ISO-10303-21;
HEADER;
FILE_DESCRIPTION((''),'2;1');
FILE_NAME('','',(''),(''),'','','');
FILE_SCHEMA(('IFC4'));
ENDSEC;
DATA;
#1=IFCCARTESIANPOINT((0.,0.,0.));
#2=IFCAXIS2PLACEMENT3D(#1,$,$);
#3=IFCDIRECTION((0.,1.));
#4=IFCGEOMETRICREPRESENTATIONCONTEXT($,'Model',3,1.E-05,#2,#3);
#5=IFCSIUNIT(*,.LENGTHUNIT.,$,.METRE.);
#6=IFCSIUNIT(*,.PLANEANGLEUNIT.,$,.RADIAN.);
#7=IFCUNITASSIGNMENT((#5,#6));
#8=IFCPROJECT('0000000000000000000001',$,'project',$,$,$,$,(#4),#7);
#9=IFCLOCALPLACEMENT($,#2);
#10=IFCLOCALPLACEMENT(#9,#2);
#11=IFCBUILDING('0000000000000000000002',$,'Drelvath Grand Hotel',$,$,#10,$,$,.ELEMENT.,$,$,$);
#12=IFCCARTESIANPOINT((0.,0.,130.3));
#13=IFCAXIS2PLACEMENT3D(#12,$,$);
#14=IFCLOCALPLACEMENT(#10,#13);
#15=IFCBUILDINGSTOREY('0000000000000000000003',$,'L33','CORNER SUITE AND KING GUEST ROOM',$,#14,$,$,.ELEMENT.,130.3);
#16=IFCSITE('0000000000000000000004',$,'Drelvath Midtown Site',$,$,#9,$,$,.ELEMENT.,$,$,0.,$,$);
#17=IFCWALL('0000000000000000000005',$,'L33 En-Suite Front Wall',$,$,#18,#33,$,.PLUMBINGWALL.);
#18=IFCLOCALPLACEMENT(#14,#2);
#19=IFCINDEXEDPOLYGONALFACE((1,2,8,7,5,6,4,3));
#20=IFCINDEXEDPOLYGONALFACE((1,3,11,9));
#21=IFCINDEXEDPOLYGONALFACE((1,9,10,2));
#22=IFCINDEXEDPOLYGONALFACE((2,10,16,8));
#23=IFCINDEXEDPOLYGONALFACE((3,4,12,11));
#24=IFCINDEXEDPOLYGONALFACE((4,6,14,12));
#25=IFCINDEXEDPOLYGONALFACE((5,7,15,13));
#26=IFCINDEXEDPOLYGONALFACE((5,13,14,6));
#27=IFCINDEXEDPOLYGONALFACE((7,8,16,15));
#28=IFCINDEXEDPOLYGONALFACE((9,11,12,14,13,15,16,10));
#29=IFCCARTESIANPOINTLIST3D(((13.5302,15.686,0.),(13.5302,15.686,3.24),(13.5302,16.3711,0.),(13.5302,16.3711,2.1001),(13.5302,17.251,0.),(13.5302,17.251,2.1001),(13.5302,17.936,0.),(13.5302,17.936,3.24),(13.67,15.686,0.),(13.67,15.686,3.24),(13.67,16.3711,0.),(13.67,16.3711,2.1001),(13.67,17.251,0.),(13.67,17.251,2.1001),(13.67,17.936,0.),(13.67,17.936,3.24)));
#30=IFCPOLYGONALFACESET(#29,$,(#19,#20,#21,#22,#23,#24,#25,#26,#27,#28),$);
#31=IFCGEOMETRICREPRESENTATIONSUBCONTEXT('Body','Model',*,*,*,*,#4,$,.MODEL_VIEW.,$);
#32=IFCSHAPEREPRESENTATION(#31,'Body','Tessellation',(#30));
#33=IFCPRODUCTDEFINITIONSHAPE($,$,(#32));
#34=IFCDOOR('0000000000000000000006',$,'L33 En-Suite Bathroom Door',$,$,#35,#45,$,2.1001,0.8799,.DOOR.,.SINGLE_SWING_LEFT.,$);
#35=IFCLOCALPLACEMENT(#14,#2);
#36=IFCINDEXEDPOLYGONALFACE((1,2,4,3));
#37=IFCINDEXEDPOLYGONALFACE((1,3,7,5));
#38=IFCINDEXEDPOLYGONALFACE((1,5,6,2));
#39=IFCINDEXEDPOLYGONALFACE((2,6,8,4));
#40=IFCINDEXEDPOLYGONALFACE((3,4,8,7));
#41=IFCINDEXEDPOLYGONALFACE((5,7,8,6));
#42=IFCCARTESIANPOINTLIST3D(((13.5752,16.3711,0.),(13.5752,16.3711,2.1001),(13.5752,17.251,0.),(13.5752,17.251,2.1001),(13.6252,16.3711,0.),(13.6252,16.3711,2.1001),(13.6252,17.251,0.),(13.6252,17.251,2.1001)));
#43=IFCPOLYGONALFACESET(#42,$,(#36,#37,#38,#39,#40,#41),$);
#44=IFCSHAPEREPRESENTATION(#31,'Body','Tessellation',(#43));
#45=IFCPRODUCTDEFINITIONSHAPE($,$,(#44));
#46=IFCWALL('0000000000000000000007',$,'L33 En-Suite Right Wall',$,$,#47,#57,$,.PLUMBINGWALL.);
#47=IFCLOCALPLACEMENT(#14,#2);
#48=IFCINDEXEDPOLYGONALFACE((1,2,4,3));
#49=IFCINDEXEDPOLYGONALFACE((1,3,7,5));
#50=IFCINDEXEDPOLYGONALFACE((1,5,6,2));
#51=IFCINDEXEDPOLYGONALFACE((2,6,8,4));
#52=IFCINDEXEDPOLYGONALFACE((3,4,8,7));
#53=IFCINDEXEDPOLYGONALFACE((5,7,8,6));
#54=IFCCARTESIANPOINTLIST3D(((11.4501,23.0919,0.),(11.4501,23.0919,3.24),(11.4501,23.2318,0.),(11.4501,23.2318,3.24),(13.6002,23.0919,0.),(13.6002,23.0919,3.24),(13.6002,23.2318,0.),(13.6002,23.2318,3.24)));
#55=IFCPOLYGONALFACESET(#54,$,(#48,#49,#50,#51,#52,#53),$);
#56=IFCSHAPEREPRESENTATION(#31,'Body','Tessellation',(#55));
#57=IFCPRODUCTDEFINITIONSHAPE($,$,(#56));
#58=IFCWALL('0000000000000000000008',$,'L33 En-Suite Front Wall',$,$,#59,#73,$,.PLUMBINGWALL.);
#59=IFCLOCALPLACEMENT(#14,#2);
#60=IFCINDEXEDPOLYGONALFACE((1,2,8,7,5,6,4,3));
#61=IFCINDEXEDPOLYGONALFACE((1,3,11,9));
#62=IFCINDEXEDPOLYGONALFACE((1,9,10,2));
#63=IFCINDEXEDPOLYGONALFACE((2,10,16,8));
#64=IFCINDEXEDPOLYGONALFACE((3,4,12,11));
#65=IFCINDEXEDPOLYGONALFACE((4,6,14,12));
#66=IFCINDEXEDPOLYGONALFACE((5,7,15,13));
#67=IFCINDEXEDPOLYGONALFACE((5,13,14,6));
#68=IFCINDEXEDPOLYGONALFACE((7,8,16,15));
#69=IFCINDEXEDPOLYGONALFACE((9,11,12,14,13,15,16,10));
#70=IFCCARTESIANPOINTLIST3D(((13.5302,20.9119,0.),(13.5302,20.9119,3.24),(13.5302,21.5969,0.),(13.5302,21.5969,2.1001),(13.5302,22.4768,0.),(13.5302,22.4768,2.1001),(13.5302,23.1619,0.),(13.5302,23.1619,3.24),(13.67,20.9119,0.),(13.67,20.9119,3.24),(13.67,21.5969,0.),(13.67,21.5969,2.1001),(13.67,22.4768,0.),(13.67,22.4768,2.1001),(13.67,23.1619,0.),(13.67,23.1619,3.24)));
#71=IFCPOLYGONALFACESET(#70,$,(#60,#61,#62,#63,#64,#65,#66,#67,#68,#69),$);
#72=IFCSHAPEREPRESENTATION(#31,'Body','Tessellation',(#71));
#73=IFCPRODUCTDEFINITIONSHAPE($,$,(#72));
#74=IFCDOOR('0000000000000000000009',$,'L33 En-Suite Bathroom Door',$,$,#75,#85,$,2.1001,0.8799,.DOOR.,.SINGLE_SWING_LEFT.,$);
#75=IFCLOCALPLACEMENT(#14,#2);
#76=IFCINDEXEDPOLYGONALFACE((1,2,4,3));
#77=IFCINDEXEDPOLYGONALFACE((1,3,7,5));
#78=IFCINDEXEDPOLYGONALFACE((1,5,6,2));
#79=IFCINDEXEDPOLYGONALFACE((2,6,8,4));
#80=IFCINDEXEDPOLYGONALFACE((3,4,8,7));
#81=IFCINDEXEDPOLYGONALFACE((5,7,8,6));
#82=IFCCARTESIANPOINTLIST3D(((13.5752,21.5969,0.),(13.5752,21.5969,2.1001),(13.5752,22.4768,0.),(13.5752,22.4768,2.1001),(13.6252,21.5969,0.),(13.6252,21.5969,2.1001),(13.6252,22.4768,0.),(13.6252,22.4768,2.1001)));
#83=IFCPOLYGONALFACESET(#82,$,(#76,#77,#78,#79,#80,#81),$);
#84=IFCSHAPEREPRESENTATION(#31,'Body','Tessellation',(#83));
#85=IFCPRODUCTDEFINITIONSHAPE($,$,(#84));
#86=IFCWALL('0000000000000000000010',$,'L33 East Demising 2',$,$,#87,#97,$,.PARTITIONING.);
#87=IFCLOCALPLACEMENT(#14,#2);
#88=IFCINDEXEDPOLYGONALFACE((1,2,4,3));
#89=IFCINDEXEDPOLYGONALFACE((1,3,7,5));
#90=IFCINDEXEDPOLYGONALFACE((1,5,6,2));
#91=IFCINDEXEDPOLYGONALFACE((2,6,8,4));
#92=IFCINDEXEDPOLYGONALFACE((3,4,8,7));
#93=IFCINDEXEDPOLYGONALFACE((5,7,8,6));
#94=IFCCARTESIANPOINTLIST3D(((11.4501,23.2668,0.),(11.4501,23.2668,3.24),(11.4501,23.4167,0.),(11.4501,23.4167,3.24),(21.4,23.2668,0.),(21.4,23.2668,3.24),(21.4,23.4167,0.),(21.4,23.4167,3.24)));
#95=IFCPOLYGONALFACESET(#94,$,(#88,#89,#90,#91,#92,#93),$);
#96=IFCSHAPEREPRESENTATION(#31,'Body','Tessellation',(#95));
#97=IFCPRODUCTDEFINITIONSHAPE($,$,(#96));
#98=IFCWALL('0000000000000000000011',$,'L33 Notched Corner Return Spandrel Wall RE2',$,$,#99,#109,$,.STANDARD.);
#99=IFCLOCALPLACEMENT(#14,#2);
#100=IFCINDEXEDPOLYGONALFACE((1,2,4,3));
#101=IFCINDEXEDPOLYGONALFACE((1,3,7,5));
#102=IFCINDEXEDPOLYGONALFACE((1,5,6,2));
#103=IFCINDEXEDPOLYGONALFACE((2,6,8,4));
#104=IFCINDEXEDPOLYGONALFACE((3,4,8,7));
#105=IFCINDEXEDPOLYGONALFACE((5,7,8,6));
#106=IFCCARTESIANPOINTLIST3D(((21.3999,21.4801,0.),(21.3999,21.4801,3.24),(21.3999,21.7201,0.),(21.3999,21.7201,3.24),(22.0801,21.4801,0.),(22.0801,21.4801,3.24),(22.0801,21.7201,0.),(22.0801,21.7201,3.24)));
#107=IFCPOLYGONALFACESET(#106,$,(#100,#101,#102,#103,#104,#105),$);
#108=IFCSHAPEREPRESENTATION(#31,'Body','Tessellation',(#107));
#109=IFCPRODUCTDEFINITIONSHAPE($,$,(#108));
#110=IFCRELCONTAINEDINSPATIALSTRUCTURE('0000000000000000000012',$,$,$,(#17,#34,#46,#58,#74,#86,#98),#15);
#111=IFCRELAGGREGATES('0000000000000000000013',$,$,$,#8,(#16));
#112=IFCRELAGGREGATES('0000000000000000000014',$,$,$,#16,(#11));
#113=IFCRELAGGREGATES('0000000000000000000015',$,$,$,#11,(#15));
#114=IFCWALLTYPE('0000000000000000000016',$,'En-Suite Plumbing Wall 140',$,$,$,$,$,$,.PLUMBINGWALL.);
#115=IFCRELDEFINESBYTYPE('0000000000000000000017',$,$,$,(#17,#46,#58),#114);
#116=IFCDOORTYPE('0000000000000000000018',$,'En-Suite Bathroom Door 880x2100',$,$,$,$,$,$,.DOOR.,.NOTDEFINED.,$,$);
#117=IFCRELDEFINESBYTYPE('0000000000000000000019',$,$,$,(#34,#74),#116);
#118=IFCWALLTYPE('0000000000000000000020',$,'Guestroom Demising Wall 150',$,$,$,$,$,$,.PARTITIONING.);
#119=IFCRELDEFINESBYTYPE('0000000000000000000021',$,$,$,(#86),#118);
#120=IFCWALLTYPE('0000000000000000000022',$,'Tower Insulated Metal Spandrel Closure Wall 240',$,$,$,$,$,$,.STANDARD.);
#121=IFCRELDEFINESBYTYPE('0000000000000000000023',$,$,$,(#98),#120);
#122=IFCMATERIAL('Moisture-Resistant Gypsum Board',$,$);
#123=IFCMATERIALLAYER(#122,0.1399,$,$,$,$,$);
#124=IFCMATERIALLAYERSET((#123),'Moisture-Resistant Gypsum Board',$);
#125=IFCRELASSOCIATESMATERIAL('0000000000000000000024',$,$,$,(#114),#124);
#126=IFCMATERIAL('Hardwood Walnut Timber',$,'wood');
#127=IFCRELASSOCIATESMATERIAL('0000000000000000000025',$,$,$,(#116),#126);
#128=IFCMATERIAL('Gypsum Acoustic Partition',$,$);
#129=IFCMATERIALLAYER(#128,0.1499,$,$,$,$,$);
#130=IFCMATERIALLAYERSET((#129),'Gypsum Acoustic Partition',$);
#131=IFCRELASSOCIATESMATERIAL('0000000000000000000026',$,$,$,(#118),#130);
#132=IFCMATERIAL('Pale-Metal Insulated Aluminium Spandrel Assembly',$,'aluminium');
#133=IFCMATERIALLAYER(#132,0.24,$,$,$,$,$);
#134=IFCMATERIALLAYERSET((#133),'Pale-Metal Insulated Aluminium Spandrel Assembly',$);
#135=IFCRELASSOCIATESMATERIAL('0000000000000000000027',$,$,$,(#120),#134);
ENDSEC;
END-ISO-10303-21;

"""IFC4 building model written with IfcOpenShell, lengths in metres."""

from ifc_helpers import new_model, si_unit, direction, frame, frame_2d, origin, place, context, subcontext, project, spatial, rectangle, extrude, material, layer, layer_set, type_object, element, fill, save


model = new_model("IFC4")

# Units and contexts
model_context = context("Model", 3, precision=1e-05, world=origin(), true_north=direction((0.0, 1.0)))
body_context = subcontext(model_context, "Body", "Model", "MODEL_VIEW")
ifc_project = project(units=[si_unit("LENGTHUNIT", "METRE"), si_unit("PLANEANGLEUNIT", "RADIAN")], contexts=[model_context])

# Site, building, storey
site_placement = place(None, origin())
site = spatial("IfcSite", under=ifc_project, at=site_placement, Name="Drelvath Midtown Site", CompositionType="ELEMENT", RefElevation=0.0)
building_placement = place(site_placement, origin())
building = spatial("IfcBuilding", under=site, at=building_placement, Name="Drelvath Grand Hotel", CompositionType="ELEMENT")
storey_placement = place(building_placement, frame((0.0, 0.0, 130.3)))
storey = spatial("IfcBuildingStorey", under=building, at=storey_placement, Name="L33", Description="CORNER SUITE AND KING GUEST ROOM", CompositionType="ELEMENT", Elevation=130.3)

# Wall, opening, door
ifc_material_1 = material(Name="Moisture-Resistant Gypsum Board")
ifc_layer_1 = layer(ifc_material_1, 0.1399)
ifc_layer_set_1 = layer_set([ifc_layer_1], Name="Moisture-Resistant Gypsum Board")
wall_type_1 = type_object("IfcWallType", Name="En-Suite Plumbing Wall 140", PredefinedType="PLUMBINGWALL", material=ifc_layer_set_1)
wall_1_placement = place(storey_placement, frame((13.6001, 15.686, 0.0), z_axis=(0.0, 0.0, 1.0), x_axis=(0.0, 1.0, 0.0)))
wall_1 = element("IfcWall", 1, at=wall_1_placement, inside=storey, type_object=wall_type_1, Name="L33 En-Suite Front Wall", PredefinedType="PLUMBINGWALL", context=body_context, shape_type="SweptSolid", body=[
    extrude(rectangle(XDim=2.25, YDim=0.1399, at=frame_2d((1.125, 0.0))), origin(), (0.0, 0.0, 1.0), 3.24),
])
opening_1_placement = place(wall_1_placement, frame((0.6851, 0.0, 0.0)))
opening_1 = element("IfcOpeningElement", 2, at=opening_1_placement, cuts=wall_1, PredefinedType="OPENING", context=body_context, shape_type="SweptSolid", body=[
    extrude(rectangle(XDim=0.8799, YDim=2.1001, at=frame_2d((0.4399, 1.05))), frame((0.0, 0.0798, 0.0), z_axis=(0.0, -1.0, 0.0), x_axis=(1.0, 0.0, 0.0)), (0.0, 0.0, 1.0), 0.1599),
])
ifc_material_2 = material(Name="Hardwood Walnut Timber", Category="wood")
door_type = type_object("IfcDoorType", Name="En-Suite Bathroom Door 880x2100", OperationType="NOTDEFINED", PredefinedType="DOOR", material=ifc_material_2)
door_1_placement = place(opening_1_placement, origin())
door_1 = element("IfcDoor", 3, at=door_1_placement, inside=storey, type_object=door_type, Name="L33 En-Suite Bathroom Door", OperationType="SINGLE_SWING_LEFT", OverallHeight=2.1001, OverallWidth=0.8799, PredefinedType="DOOR", context=body_context, shape_type="SweptSolid", body=[
    extrude(rectangle(XDim=0.8799, YDim=2.1001, at=frame_2d((0.4399, 1.05))), frame((0.0, 0.0249, 0.0), z_axis=(0.0, -1.0, 0.0), x_axis=(1.0, 0.0, 0.0)), (0.0, 0.0, 1.0), 0.05),
])
fill(opening_1, door_1)

# Wall
wall_2_placement = place(storey_placement, frame((11.45, 23.1619, 0.0), z_axis=(0.0, 0.0, 1.0), x_axis=(1.0, 0.0, 0.0)))
element("IfcWall", 4, at=wall_2_placement, inside=storey, type_object=wall_type_1, Name="L33 En-Suite Right Wall", PredefinedType="PLUMBINGWALL", context=body_context, shape_type="SweptSolid", body=[
    extrude(rectangle(XDim=2.1501, YDim=0.1399, at=frame_2d((1.0752, 0.0))), origin(), (0.0, 0.0, 1.0), 3.24),
])

# Wall, opening, door
wall_3_placement = place(storey_placement, frame((13.6001, 20.9119, 0.0), z_axis=(0.0, 0.0, 1.0), x_axis=(0.0, 1.0, 0.0)))
wall_3 = element("IfcWall", 5, at=wall_3_placement, inside=storey, type_object=wall_type_1, Name="L33 En-Suite Front Wall", PredefinedType="PLUMBINGWALL", context=body_context, shape_type="SweptSolid", body=[
    extrude(rectangle(XDim=2.25, YDim=0.1399, at=frame_2d((1.125, 0.0))), origin(), (0.0, 0.0, 1.0), 3.24),
])
opening_2_placement = place(wall_3_placement, frame((0.6851, 0.0, 0.0)))
opening_2 = element("IfcOpeningElement", 6, at=opening_2_placement, cuts=wall_3, PredefinedType="OPENING", context=body_context, shape_type="SweptSolid", body=[
    extrude(rectangle(XDim=0.8799, YDim=2.1001, at=frame_2d((0.4399, 1.05))), frame((0.0, 0.0798, 0.0), z_axis=(0.0, -1.0, 0.0), x_axis=(1.0, 0.0, 0.0)), (0.0, 0.0, 1.0), 0.1599),
])
door_2_placement = place(opening_2_placement, origin())
door_2 = element("IfcDoor", 7, at=door_2_placement, inside=storey, type_object=door_type, Name="L33 En-Suite Bathroom Door", OperationType="SINGLE_SWING_LEFT", OverallHeight=2.1001, OverallWidth=0.8799, PredefinedType="DOOR", context=body_context, shape_type="SweptSolid", body=[
    extrude(rectangle(XDim=0.8799, YDim=2.1001, at=frame_2d((0.4399, 1.05))), frame((0.0, 0.0249, 0.0), z_axis=(0.0, -1.0, 0.0), x_axis=(1.0, 0.0, 0.0)), (0.0, 0.0, 1.0), 0.05),
])
fill(opening_2, door_2)

# Walls
ifc_material_3 = material(Name="Gypsum Acoustic Partition")
ifc_layer_2 = layer(ifc_material_3, 0.1499)
ifc_layer_set_2 = layer_set([ifc_layer_2], Name="Gypsum Acoustic Partition")
wall_type_2 = type_object("IfcWallType", Name="Guestroom Demising Wall 150", PredefinedType="PARTITIONING", material=ifc_layer_set_2)
wall_4_placement = place(storey_placement, frame((11.45, 23.3418, 0.0), z_axis=(0.0, 0.0, 1.0), x_axis=(1.0, 0.0, 0.0)))
element("IfcWall", 8, at=wall_4_placement, inside=storey, type_object=wall_type_2, Name="L33 East Demising 2", PredefinedType="PARTITIONING", context=body_context, shape_type="SweptSolid", body=[
    extrude(rectangle(XDim=9.95, YDim=0.1499, at=frame_2d((4.9751, 0.0))), origin(), (0.0, 0.0, 1.0), 3.24),
])
ifc_material_4 = material(Name="Pale-Metal Insulated Aluminium Spandrel Assembly", Category="aluminium")
ifc_layer_3 = layer(ifc_material_4, 0.24)
ifc_layer_set_3 = layer_set([ifc_layer_3], Name="Pale-Metal Insulated Aluminium Spandrel Assembly")
wall_type_3 = type_object("IfcWallType", Name="Tower Insulated Metal Spandrel Closure Wall 240", PredefinedType="STANDARD", material=ifc_layer_set_3)
wall_5_placement = place(storey_placement, frame((21.3999, 21.6001, 0.0), z_axis=(0.0, 0.0, 1.0), x_axis=(1.0, 0.0, 0.0)))
element("IfcWall", 9, at=wall_5_placement, inside=storey, type_object=wall_type_3, Name="L33 Notched Corner Return Spandrel Wall RE2", PredefinedType="STANDARD", context=body_context, shape_type="SweptSolid", body=[
    extrude(rectangle(XDim=0.6802, YDim=0.24, at=frame_2d((0.3401, 0.0))), origin(), (0.0, 0.0, 1.0), 3.24),
])

save(model, "model.ifc")
